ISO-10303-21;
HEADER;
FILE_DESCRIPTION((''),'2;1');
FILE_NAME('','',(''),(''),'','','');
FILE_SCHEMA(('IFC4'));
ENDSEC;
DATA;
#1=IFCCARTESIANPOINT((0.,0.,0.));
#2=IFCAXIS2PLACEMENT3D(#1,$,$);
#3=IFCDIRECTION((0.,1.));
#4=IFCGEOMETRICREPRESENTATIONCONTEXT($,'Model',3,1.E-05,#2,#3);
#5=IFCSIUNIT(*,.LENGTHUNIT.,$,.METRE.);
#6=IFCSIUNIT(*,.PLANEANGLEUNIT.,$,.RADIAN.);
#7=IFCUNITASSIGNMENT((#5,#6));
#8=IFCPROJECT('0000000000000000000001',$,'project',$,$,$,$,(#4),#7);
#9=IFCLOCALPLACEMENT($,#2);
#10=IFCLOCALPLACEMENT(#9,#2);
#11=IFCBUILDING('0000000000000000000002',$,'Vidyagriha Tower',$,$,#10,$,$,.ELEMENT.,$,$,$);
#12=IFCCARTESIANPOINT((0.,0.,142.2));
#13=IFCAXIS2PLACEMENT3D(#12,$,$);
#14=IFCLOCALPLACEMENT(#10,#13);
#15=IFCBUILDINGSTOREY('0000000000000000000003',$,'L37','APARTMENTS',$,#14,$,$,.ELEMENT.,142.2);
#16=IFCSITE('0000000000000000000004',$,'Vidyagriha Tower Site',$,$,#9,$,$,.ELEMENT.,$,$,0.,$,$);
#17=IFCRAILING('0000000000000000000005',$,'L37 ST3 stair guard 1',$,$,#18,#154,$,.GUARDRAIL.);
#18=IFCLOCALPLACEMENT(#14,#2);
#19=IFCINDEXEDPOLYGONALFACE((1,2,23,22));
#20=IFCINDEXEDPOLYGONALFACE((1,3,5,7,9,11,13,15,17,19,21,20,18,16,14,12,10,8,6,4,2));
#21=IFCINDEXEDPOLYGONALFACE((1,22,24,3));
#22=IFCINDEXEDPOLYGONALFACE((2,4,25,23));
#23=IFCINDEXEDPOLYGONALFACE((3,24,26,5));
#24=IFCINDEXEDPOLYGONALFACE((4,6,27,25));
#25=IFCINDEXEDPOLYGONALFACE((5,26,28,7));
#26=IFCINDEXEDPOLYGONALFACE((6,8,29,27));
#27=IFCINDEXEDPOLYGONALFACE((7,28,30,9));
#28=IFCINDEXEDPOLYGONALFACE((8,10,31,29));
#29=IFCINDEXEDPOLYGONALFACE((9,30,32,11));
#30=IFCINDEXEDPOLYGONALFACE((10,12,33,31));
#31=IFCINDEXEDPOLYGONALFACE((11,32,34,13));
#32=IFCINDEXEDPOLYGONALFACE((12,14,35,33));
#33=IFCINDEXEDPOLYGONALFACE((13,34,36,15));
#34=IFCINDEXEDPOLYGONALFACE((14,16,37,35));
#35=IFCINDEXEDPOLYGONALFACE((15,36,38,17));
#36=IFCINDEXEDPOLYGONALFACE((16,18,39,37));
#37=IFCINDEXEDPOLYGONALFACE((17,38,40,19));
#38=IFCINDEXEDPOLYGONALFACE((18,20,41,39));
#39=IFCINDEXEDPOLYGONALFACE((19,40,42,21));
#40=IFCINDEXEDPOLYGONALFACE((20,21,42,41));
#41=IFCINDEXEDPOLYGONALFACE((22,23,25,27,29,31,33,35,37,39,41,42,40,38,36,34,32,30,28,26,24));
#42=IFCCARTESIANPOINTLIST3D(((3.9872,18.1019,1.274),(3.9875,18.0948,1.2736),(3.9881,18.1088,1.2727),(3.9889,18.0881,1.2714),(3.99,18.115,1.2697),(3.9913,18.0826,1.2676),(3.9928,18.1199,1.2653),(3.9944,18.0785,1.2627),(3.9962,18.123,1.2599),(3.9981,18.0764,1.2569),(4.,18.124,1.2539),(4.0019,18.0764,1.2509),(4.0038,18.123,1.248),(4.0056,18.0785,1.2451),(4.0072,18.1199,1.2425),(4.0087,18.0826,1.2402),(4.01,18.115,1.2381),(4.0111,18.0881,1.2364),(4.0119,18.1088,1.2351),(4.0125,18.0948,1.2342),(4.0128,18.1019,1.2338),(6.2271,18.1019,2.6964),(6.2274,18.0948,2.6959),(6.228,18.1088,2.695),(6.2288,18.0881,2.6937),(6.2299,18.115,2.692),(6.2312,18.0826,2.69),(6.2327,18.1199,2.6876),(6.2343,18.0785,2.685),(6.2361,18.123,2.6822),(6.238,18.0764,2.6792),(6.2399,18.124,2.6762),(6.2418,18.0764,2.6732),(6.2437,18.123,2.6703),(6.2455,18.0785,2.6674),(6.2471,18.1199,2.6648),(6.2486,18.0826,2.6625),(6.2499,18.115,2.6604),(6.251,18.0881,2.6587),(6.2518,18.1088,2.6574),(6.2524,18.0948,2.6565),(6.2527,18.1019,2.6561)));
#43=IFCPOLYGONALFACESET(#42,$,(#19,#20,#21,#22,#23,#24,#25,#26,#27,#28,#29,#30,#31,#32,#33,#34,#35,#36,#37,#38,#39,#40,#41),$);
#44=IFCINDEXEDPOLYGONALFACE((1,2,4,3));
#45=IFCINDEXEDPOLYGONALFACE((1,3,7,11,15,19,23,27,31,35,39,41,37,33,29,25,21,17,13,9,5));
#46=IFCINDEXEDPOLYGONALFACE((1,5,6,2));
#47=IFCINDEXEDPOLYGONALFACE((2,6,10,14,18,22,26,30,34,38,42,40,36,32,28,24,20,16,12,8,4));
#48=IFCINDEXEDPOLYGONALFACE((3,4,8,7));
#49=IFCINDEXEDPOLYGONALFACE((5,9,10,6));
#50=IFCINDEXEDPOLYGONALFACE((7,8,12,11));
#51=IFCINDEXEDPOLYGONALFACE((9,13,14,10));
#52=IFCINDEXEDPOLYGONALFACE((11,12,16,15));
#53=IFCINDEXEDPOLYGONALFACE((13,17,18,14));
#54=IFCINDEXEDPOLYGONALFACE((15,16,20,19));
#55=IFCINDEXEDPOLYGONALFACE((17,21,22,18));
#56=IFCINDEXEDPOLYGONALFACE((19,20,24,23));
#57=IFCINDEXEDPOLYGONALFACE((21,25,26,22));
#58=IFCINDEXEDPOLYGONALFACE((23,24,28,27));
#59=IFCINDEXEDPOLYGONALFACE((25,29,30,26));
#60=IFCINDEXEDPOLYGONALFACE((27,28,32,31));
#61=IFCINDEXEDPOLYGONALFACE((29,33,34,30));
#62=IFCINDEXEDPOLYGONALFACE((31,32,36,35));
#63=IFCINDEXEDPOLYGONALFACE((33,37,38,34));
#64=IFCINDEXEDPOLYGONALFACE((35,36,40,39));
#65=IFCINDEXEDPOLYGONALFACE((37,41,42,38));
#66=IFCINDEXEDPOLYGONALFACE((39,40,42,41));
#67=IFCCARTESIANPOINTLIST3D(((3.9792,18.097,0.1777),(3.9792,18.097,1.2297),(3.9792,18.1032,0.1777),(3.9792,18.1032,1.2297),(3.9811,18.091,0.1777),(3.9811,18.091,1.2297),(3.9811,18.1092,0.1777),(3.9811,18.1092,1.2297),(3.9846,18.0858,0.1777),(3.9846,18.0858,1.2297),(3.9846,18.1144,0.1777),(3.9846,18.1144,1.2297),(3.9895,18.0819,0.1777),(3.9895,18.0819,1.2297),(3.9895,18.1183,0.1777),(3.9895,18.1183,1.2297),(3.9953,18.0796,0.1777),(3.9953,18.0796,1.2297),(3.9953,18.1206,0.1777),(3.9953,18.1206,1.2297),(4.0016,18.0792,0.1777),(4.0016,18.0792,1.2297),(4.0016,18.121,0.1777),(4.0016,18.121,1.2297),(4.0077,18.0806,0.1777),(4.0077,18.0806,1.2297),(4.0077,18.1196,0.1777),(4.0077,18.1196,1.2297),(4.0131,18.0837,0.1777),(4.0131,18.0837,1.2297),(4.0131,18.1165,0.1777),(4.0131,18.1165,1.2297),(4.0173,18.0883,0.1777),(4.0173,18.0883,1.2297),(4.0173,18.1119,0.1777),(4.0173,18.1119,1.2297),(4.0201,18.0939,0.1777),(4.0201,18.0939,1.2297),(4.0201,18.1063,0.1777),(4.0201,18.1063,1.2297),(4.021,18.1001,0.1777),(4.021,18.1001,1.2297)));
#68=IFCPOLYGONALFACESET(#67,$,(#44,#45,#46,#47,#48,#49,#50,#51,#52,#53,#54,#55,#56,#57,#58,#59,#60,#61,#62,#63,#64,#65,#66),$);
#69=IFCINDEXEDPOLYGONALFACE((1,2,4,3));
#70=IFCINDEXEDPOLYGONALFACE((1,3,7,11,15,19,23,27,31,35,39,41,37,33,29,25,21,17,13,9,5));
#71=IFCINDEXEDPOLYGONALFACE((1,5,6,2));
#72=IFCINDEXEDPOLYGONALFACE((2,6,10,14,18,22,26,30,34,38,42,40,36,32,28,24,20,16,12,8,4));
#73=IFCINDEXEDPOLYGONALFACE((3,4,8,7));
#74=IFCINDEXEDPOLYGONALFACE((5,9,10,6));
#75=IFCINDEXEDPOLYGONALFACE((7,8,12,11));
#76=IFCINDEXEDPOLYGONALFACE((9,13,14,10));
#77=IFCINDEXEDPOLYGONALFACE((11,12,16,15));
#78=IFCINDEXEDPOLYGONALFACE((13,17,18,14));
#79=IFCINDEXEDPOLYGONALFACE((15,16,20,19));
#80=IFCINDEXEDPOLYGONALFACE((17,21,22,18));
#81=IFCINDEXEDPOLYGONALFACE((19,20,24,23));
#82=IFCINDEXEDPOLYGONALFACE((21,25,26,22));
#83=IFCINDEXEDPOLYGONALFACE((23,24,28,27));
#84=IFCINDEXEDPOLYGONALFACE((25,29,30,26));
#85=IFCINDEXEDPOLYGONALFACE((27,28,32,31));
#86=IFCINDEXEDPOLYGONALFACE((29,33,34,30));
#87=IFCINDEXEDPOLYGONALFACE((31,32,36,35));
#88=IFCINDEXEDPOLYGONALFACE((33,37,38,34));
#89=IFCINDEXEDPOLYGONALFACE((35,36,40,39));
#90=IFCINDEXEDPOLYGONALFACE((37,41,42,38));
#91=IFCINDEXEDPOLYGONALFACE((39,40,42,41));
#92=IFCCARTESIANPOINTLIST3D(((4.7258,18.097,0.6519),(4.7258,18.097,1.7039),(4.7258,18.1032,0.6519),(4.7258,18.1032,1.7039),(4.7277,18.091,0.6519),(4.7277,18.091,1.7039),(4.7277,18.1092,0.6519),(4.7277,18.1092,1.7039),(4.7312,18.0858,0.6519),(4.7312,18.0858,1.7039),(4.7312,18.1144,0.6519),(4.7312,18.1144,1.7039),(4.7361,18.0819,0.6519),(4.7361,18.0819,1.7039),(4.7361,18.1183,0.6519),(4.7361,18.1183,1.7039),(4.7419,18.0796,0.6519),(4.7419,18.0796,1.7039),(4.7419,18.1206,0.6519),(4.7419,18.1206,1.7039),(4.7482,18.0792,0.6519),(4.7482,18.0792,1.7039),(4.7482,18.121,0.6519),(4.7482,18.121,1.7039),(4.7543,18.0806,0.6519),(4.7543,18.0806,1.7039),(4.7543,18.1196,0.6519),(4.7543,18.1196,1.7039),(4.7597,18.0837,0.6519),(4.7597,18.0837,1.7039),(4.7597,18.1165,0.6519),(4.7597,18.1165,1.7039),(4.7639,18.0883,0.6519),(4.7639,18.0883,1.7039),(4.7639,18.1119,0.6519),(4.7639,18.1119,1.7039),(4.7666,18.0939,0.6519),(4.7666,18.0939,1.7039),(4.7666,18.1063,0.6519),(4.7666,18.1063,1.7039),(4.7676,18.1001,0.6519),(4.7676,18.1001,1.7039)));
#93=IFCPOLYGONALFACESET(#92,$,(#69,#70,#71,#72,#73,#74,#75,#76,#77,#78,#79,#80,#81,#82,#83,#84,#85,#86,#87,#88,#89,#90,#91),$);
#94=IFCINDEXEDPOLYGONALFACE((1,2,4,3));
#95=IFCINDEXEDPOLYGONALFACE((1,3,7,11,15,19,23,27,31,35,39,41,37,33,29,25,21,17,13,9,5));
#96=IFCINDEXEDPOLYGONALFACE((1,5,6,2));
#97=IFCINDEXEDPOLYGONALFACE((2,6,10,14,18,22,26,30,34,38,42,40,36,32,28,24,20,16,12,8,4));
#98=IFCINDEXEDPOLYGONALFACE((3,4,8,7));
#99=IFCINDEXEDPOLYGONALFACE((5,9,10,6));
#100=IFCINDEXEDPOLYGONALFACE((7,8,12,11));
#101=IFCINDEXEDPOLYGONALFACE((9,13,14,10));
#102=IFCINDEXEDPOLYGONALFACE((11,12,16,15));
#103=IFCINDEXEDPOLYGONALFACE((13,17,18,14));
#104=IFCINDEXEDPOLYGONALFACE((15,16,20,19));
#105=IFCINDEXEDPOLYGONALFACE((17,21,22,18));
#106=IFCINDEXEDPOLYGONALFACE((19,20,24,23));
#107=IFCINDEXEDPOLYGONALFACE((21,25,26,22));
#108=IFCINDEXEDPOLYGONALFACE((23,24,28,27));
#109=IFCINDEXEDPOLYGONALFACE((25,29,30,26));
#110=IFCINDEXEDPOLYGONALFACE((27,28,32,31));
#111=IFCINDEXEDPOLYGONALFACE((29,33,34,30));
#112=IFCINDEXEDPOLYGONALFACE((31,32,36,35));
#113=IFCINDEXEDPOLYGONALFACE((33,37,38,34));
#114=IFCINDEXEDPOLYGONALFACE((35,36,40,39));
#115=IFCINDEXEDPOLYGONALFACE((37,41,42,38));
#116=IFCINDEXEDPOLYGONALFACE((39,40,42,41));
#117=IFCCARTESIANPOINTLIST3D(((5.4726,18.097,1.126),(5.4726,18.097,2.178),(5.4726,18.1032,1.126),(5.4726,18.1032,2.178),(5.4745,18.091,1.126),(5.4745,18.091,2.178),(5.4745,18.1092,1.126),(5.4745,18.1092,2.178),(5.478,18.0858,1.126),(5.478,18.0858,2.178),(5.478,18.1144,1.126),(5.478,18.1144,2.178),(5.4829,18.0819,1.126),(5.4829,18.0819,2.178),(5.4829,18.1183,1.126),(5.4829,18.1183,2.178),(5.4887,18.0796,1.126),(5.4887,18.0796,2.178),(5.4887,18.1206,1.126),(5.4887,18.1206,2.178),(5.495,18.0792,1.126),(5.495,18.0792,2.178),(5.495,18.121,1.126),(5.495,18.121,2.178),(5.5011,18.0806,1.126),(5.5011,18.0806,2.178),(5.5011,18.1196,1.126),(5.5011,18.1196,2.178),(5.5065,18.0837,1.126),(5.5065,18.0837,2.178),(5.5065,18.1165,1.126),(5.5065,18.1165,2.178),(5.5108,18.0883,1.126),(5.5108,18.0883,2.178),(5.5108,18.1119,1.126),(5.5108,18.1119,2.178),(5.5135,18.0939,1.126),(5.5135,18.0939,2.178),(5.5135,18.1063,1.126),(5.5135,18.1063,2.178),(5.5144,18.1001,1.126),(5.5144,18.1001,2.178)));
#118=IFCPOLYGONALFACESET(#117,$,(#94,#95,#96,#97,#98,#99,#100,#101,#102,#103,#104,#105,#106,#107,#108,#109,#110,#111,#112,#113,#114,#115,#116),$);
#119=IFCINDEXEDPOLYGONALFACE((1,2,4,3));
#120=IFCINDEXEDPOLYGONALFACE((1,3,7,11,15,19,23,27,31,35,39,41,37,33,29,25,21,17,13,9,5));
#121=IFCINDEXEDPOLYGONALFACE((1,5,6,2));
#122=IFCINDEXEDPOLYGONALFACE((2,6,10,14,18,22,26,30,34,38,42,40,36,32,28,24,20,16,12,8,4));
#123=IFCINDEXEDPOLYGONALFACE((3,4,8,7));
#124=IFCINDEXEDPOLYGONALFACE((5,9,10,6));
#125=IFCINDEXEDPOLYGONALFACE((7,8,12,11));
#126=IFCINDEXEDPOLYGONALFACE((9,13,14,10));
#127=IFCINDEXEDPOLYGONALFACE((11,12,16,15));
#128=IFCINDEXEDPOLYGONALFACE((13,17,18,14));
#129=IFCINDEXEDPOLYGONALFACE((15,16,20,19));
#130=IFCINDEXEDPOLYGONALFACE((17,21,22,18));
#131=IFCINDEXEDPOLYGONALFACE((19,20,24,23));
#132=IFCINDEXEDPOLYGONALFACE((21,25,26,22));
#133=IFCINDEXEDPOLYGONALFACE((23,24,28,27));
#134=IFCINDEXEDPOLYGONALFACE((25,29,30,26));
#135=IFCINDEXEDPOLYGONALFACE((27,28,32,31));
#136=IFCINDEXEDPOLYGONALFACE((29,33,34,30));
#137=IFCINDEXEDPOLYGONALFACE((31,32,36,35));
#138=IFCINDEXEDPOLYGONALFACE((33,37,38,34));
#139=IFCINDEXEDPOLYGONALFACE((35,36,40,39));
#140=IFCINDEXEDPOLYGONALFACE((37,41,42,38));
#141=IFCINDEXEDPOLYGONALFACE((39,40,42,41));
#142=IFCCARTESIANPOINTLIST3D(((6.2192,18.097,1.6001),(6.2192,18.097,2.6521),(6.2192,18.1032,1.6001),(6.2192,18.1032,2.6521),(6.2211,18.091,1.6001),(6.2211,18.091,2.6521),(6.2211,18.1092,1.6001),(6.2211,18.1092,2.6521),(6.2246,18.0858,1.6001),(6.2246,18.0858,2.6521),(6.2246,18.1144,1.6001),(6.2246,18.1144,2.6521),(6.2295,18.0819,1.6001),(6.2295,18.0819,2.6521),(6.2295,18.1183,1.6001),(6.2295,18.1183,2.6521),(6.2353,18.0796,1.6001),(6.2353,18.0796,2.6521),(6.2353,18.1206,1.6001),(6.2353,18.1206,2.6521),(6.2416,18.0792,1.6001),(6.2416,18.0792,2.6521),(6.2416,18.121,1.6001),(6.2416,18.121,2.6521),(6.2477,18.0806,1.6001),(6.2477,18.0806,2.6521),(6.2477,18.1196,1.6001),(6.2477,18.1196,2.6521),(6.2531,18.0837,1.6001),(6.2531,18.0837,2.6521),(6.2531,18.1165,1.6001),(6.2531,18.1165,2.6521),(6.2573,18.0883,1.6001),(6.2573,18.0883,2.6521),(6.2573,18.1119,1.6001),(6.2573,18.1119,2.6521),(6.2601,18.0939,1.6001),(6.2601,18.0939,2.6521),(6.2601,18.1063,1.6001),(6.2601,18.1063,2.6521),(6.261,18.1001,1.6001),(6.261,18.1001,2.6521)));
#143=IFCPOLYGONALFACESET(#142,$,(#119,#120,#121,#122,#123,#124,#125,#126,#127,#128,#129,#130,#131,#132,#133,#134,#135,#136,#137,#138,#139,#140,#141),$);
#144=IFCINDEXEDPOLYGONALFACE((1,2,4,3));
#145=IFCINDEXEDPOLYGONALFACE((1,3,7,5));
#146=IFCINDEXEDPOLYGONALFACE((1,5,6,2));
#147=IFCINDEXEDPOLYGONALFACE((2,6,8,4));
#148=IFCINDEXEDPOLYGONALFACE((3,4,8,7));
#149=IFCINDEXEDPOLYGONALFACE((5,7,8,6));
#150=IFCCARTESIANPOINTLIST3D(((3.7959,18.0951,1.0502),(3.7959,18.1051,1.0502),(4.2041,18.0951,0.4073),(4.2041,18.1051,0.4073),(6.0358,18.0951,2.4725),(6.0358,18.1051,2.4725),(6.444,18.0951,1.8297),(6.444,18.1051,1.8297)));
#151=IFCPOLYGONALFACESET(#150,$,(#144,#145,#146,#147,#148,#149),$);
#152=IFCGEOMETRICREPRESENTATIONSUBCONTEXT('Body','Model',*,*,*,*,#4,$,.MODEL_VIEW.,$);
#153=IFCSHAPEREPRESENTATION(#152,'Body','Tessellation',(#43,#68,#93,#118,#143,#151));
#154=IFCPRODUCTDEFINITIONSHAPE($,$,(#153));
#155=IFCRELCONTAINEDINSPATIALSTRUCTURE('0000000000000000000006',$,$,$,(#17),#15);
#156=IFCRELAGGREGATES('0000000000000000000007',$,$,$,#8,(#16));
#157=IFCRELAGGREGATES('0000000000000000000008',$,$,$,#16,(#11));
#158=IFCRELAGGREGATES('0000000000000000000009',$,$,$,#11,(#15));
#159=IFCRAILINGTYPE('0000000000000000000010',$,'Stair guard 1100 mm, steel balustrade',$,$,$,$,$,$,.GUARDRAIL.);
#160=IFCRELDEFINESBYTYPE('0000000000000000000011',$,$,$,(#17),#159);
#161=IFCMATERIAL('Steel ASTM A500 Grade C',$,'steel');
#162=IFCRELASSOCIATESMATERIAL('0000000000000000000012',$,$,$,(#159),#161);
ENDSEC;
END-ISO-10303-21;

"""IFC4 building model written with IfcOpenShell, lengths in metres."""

from ifc_helpers import new_model, si_unit, direction, frame, origin, origin_2d, place, context, subcontext, project, spatial, rectangle, circle, extrude, material, type_object, element, save


model = new_model("IFC4")

# Units and contexts
model_context = context("Model", 3, precision=1e-05, world=origin(), true_north=direction((0.0, 1.0)))
body_context = subcontext(model_context, "Body", "Model", "MODEL_VIEW")
ifc_project = project(units=[si_unit("LENGTHUNIT", "METRE"), si_unit("PLANEANGLEUNIT", "RADIAN")], contexts=[model_context])

# Site, building, storey
site_placement = place(None, origin())
site = spatial("IfcSite", under=ifc_project, at=site_placement, Name="Vidyagriha Tower Site", CompositionType="ELEMENT", RefElevation=0.0)
building_placement = place(site_placement, origin())
building = spatial("IfcBuilding", under=site, at=building_placement, Name="Vidyagriha Tower", CompositionType="ELEMENT")
storey_placement = place(building_placement, frame((0.0, 0.0, 142.2)))
storey = spatial("IfcBuildingStorey", under=building, at=storey_placement, Name="L37", Description="APARTMENTS", CompositionType="ELEMENT", Elevation=142.2)

# Railing
ifc_material_1 = material(Name="Steel ASTM A500 Grade C", Category="steel")
railing_type_1 = type_object("IfcRailingType", Name="Stair guard 1100 mm, steel balustrade", PredefinedType="GUARDRAIL", material=ifc_material_1)
railing_1_placement = place(storey_placement, frame((4.0, 18.1001, 0.1777)))
element("IfcRailing", 1, at=railing_1_placement, inside=storey, type_object=railing_type_1, Name="L37 ST3 stair guard 1", PredefinedType="GUARDRAIL", context=body_context, shape_type="SweptSolid", body=[
    extrude(circle(Radius=0.0239, at=origin_2d()), frame((0.0, 0.0, 1.0762), z_axis=(0.844188, 0.0, 0.536048), x_axis=(0.0, 1.0, 0.0)), (0.0, 0.0, 1.0), 2.6533),
    extrude(circle(Radius=0.021, at=origin_2d()), origin(), (0.0, 0.0, 1.0), 1.052),
    extrude(circle(Radius=0.021, at=origin_2d()), frame((0.7466, 0.0, 0.4741)), (0.0, 0.0, 1.0), 1.052),
    extrude(circle(Radius=0.021, at=origin_2d()), frame((1.4934, 0.0, 0.9482)), (0.0, 0.0, 1.0), 1.052),
    extrude(circle(Radius=0.021, at=origin_2d()), frame((2.24, 0.0, 1.4224)), (0.0, 0.0, 1.0), 1.052),
    extrude(rectangle(XDim=0.01, YDim=0.7615, at=origin_2d()), frame((0.0, 0.0, 0.551), z_axis=(0.844188, 0.0, 0.536048), x_axis=(0.0, 1.0, 0.0)), (0.0, 0.0, 1.0), 2.6533),
])

save(model, "model.ifc")
